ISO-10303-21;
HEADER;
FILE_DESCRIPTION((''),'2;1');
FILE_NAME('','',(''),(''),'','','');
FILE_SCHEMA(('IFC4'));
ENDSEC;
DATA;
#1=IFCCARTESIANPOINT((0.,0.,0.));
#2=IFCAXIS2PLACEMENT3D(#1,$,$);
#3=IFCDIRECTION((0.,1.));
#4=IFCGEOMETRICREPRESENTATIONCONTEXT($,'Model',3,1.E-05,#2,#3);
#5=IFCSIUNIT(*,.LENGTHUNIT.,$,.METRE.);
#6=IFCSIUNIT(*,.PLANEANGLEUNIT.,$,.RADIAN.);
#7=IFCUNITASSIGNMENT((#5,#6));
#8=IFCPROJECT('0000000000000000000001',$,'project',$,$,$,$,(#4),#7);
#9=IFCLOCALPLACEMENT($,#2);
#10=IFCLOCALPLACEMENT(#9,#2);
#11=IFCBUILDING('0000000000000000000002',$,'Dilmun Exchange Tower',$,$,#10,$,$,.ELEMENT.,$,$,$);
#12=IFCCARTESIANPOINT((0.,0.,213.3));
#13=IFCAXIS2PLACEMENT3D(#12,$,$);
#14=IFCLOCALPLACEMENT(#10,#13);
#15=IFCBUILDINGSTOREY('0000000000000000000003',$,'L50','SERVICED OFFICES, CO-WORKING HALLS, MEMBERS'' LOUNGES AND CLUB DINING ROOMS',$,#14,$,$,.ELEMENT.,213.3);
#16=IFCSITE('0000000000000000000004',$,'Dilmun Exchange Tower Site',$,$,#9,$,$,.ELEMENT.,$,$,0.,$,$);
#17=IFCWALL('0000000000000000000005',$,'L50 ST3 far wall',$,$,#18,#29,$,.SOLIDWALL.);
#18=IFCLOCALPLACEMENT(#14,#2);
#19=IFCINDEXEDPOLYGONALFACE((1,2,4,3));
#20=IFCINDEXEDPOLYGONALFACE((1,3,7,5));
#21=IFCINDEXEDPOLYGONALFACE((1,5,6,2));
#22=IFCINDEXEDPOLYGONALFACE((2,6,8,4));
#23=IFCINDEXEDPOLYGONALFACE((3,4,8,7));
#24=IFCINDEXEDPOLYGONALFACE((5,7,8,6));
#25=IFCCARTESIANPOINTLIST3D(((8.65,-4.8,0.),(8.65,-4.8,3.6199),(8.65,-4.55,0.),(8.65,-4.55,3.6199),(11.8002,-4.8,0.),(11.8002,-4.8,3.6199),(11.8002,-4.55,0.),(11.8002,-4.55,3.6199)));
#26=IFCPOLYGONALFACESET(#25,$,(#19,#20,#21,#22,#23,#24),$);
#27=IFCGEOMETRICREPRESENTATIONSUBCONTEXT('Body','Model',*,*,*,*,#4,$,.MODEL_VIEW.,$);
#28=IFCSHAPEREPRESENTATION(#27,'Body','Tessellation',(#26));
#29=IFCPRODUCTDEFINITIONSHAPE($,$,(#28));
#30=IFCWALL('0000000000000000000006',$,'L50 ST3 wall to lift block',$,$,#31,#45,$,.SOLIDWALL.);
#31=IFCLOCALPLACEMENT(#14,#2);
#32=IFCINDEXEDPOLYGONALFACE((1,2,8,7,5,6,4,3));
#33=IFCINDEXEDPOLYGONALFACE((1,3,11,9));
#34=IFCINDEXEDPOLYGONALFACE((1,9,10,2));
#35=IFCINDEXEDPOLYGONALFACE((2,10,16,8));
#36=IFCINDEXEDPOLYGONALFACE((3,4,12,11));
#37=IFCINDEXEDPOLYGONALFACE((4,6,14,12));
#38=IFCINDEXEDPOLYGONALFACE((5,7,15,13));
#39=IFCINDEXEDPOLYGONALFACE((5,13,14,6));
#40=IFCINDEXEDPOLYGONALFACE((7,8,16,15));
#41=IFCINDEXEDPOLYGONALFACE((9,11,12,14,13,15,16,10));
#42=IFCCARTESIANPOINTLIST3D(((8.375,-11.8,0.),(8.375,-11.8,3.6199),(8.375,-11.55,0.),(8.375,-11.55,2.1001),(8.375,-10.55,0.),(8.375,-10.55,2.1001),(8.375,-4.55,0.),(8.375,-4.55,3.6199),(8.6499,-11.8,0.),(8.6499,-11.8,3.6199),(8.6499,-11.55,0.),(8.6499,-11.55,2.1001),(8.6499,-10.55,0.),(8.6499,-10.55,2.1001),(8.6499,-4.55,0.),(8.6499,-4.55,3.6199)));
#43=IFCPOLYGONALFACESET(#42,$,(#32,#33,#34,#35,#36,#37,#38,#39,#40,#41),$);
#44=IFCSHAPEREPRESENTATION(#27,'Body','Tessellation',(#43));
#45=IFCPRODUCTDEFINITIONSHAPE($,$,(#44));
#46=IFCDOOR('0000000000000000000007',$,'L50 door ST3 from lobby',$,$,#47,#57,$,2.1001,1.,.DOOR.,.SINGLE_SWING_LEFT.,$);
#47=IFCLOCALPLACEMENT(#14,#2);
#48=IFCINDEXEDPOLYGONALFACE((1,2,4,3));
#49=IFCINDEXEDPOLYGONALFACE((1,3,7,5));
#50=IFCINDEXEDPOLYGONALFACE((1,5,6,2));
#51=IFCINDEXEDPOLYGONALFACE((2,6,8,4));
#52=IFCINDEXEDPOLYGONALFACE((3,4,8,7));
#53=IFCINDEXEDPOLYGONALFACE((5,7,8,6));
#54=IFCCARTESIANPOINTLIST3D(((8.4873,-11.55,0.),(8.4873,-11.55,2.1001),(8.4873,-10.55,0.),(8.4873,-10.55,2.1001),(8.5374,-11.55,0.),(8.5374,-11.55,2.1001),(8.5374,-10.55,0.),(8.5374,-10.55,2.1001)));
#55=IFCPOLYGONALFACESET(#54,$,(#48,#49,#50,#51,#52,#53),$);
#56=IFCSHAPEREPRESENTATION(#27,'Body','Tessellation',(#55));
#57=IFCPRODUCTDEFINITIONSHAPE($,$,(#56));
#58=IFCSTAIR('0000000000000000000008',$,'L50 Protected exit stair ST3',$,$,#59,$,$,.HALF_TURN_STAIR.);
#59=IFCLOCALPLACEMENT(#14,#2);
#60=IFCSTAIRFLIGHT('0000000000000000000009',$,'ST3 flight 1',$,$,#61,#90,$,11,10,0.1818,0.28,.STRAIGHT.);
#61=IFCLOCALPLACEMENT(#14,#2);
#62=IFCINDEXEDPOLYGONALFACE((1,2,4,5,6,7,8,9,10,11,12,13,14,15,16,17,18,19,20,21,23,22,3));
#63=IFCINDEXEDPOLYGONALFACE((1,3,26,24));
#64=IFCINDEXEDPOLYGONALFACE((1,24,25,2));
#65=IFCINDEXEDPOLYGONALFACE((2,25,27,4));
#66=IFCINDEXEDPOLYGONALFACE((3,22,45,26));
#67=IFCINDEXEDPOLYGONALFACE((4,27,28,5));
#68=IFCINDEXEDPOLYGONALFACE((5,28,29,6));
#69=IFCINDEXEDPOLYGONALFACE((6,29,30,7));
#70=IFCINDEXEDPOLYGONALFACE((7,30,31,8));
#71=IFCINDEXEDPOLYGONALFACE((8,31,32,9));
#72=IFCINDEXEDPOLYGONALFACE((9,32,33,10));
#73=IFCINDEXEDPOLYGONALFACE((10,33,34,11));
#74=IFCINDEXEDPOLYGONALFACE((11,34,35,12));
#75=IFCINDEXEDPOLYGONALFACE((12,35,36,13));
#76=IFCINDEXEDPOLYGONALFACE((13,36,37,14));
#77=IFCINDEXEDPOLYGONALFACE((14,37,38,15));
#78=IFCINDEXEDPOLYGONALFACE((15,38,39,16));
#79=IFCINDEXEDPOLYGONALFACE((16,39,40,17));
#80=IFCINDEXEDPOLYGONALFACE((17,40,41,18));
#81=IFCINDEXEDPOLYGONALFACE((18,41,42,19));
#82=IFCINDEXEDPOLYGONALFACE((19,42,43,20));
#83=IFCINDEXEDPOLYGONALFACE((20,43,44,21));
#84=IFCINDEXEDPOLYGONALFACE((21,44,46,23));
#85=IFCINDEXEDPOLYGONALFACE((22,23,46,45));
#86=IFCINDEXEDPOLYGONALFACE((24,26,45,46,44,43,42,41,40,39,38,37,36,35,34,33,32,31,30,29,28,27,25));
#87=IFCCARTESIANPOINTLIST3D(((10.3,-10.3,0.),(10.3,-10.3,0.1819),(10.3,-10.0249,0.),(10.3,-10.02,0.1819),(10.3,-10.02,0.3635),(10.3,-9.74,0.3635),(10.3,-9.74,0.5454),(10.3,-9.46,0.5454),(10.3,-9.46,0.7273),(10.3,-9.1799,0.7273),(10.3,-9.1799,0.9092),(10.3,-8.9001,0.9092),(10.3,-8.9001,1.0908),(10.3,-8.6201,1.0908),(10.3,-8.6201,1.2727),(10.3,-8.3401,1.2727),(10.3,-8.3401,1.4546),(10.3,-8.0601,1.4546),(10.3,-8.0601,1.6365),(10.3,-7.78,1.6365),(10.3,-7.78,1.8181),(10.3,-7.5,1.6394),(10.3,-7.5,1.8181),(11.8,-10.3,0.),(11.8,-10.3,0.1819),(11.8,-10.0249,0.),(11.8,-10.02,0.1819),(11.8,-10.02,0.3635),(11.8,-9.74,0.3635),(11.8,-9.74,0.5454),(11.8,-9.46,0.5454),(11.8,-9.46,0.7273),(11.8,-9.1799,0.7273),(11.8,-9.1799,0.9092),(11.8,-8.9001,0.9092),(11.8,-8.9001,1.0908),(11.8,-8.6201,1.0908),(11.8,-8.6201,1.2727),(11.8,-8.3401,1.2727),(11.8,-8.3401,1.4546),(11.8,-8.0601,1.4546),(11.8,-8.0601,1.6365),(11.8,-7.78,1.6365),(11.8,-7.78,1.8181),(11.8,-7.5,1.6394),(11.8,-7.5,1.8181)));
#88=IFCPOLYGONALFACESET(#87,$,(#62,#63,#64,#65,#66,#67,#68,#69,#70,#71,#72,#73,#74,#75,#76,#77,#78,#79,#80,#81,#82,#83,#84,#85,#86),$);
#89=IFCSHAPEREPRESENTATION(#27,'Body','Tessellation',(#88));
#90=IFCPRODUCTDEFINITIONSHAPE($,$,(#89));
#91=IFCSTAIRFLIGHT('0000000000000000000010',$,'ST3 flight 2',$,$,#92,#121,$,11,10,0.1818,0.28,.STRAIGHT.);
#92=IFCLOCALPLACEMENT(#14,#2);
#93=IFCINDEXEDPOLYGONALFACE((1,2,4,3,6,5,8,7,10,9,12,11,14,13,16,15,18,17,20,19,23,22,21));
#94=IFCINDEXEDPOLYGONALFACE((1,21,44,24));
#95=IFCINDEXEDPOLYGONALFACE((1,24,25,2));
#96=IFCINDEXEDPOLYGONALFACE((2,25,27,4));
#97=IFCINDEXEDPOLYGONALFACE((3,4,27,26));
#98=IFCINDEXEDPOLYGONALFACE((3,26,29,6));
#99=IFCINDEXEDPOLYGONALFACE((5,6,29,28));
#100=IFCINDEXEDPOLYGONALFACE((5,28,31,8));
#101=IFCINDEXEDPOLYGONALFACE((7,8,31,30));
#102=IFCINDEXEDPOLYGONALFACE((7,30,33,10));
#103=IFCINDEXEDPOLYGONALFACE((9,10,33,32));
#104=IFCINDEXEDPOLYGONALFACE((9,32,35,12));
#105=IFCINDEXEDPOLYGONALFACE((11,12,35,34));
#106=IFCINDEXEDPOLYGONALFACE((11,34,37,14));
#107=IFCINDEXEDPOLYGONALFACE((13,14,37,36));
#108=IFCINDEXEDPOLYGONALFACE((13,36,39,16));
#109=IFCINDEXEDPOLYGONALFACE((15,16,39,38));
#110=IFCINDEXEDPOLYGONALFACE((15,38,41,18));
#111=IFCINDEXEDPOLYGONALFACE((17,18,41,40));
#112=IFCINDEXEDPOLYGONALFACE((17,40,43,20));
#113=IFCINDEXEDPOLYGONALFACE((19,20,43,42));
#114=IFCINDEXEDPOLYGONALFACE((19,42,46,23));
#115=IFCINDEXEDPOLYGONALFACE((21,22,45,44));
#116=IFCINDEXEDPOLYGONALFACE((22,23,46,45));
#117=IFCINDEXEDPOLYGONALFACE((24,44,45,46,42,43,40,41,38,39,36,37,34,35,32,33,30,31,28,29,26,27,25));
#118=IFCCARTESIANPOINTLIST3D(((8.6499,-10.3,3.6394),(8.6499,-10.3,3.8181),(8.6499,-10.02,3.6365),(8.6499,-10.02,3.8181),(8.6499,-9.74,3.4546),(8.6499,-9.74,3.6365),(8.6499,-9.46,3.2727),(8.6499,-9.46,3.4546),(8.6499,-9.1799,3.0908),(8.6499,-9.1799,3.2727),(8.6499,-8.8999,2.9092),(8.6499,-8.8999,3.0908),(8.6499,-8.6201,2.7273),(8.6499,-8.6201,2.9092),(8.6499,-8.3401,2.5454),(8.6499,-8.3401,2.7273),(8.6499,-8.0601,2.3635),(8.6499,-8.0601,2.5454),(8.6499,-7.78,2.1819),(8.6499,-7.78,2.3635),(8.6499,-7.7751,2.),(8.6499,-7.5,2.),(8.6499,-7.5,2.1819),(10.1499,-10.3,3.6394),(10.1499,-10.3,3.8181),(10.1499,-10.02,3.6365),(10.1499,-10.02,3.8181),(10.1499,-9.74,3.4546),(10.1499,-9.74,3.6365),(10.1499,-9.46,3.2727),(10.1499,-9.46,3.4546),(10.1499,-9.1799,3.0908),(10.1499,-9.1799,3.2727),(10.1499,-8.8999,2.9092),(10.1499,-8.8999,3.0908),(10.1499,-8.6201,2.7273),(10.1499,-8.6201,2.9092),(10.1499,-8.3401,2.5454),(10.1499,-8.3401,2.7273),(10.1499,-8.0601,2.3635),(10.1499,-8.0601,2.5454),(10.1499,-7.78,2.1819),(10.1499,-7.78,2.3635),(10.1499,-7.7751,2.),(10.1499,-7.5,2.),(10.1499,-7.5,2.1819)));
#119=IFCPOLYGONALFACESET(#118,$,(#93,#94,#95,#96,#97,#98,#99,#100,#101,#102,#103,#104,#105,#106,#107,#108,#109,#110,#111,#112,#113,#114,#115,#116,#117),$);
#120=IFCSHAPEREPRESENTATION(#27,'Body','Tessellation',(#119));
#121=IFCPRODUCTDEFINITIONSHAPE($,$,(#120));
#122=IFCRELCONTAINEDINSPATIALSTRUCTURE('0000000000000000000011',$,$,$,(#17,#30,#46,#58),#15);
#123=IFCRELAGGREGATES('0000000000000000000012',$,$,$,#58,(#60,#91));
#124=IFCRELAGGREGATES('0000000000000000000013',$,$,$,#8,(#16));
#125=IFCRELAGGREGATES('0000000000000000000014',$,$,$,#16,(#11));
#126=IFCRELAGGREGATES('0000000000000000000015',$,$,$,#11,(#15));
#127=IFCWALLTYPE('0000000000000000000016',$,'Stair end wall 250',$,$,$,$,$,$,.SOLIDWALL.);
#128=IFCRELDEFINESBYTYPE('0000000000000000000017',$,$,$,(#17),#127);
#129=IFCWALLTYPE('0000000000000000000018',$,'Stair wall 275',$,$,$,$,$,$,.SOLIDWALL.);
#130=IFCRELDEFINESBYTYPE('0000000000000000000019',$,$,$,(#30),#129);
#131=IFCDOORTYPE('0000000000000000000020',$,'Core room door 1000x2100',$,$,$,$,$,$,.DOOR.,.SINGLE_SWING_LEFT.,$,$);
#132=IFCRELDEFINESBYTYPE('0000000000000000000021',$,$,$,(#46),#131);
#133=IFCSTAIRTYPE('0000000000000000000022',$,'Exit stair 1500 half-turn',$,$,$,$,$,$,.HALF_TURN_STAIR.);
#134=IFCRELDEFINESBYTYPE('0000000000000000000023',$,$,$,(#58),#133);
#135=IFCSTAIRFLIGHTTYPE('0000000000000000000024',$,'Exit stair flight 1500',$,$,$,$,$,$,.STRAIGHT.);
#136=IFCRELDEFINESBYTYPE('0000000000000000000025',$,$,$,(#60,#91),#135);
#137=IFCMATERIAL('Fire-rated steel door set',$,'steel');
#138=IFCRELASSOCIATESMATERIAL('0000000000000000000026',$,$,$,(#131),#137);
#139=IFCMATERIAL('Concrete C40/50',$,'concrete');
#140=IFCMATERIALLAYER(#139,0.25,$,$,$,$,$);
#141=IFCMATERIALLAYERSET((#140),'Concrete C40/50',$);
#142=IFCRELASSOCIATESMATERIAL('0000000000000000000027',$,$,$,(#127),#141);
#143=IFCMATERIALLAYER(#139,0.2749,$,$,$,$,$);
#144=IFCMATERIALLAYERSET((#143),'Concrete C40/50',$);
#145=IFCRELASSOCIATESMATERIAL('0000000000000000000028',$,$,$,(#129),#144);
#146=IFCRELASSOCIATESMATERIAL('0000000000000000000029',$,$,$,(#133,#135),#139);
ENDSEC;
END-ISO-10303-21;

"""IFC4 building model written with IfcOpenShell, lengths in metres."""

from ifc_helpers import new_model, si_unit, direction, frame, frame_2d, origin, place, context, subcontext, project, spatial, polyline, rectangle, outline, extrude, material, layer, layer_set, type_object, element, fill, aggregate, save


model = new_model("IFC4")

# Units and contexts
model_context = context("Model", 3, precision=1e-05, world=origin(), true_north=direction((0.0, 1.0)))
body_context = subcontext(model_context, "Body", "Model", "MODEL_VIEW")
ifc_project = project(units=[si_unit("LENGTHUNIT", "METRE"), si_unit("PLANEANGLEUNIT", "RADIAN")], contexts=[model_context])

# Site, building, storey
site_placement = place(None, origin())
site = spatial("IfcSite", under=ifc_project, at=site_placement, Name="Dilmun Exchange Tower Site", CompositionType="ELEMENT", RefElevation=0.0)
building_placement = place(site_placement, origin())
building = spatial("IfcBuilding", under=site, at=building_placement, Name="Dilmun Exchange Tower", CompositionType="ELEMENT")
storey_placement = place(building_placement, frame((0.0, 0.0, 213.3)))
storey = spatial("IfcBuildingStorey", under=building, at=storey_placement, Name="L50", Description="SERVICED OFFICES, CO-WORKING HALLS, MEMBERS' LOUNGES AND CLUB DINING ROOMS", CompositionType="ELEMENT", Elevation=213.3)

# Shared definitions
ifc_material_1 = material(Name="Concrete C40/50", Category="concrete")

# Shared definitions
ifc_material_2 = material(Name="Fire-rated steel door set", Category="steel")
door_type_1 = type_object("IfcDoorType", Name="Core room door 1000x2100", OperationType="SINGLE_SWING_LEFT", PredefinedType="DOOR", material=ifc_material_2)

# Wall
ifc_layer_1 = layer(ifc_material_1, 0.25)
ifc_layer_set_1 = layer_set([ifc_layer_1], Name="Concrete C40/50")
wall_type_1 = type_object("IfcWallType", Name="Stair end wall 250", PredefinedType="SOLIDWALL", material=ifc_layer_set_1)
wall_1_placement = place(storey_placement, frame((8.6499, -4.675, 0.0), z_axis=(0.0, 0.0, 1.0), x_axis=(1.0, 0.0, 0.0)))
element("IfcWall", 1, at=wall_1_placement, inside=storey, type_object=wall_type_1, Name="L50 ST3 far wall", PredefinedType="SOLIDWALL", context=body_context, shape_type="SweptSolid", body=[
    extrude(rectangle(XDim=3.1501, YDim=0.25, at=frame_2d((1.5752, 0.0))), origin(), (0.0, 0.0, 1.0), 3.6199),
])

# Wall, opening, door
ifc_layer_2 = layer(ifc_material_1, 0.2749)
ifc_layer_set_2 = layer_set([ifc_layer_2], Name="Concrete C40/50")
wall_type_2 = type_object("IfcWallType", Name="Stair wall 275", PredefinedType="SOLIDWALL", material=ifc_layer_set_2)
wall_2_placement = place(storey_placement, frame((8.5125, -4.55, 0.0), z_axis=(0.0, 0.0, 1.0), x_axis=(0.0, -1.0, 0.0)))
wall_2 = element("IfcWall", 2, at=wall_2_placement, inside=storey, type_object=wall_type_2, Name="L50 ST3 wall to lift block", PredefinedType="SOLIDWALL", context=body_context, shape_type="SweptSolid", body=[
    extrude(rectangle(XDim=7.25, YDim=0.2749, at=frame_2d((3.625, 0.0))), origin(), (0.0, 0.0, 1.0), 3.6199),
])
opening_1_placement = place(wall_2_placement, frame((6.0, 0.0, 0.0)))
opening_1 = element("IfcOpeningElement", 3, at=opening_1_placement, cuts=wall_2, PredefinedType="OPENING", context=body_context, shape_type="SweptSolid", body=[
    extrude(rectangle(XDim=1.0, YDim=2.1001, at=frame_2d((0.5, 1.05))), frame((0.0, 0.1475, 0.0), z_axis=(0.0, -1.0, 0.0), x_axis=(1.0, 0.0, 0.0)), (0.0, 0.0, 1.0), 0.2949),
])
door_1_placement = place(opening_1_placement, origin())
door_1 = element("IfcDoor", 4, at=door_1_placement, inside=storey, type_object=door_type_1, Name="L50 door ST3 from lobby", OperationType="SINGLE_SWING_LEFT", OverallHeight=2.1001, OverallWidth=1.0, PredefinedType="DOOR", context=body_context, shape_type="SweptSolid", body=[
    extrude(rectangle(XDim=1.0, YDim=2.1001, at=frame_2d((0.5, 1.05))), frame((0.0, 0.0249, 0.0), z_axis=(0.0, -1.0, 0.0), x_axis=(1.0, 0.0, 0.0)), (0.0, 0.0, 1.0), 0.05),
])
fill(opening_1, door_1)

# Stair, stair flights
stair_type = type_object("IfcStairType", Name="Exit stair 1500 half-turn", PredefinedType="HALF_TURN_STAIR", material=ifc_material_1)
stair_placement = place(storey_placement, origin())
stair = element("IfcStair", 5, at=stair_placement, inside=storey, type_object=stair_type, Name="L50 Protected exit stair ST3", PredefinedType="HALF_TURN_STAIR")
stair_flight_type = type_object("IfcStairFlightType", Name="Exit stair flight 1500", PredefinedType="STRAIGHT", material=ifc_material_1)
stair_flight_1_placement = place(storey_placement, frame((11.05, -10.3, 0.0), z_axis=(0.0, 0.0, 1.0), x_axis=(0.0, 1.0, 0.0)))
stair_flight_1 = element("IfcStairFlight", 6, at=stair_flight_1_placement, type_object=stair_flight_type, Name="ST3 flight 1", NumberOfRisers=11, NumberOfTreads=10, PredefinedType="STRAIGHT", RiserHeight=0.1818, TreadLength=0.28, context=body_context, shape_type="SweptSolid", body=[
    extrude(outline(polyline([(0.0, 0.0), (0.0, 0.1819), (0.28, 0.1819), (0.28, 0.3635), (0.5601, 0.3635), (0.5601, 0.5454), (0.8401, 0.5454), (0.8401, 0.7273), (1.1201, 0.7273), (1.1201, 0.9092), (1.3999, 0.9092), (1.3999, 1.0908), (1.6799, 1.0908), (1.6799, 1.2727), (1.96, 1.2727), (1.96, 1.4546), (2.24, 1.4546), (2.24, 1.6365), (2.52, 1.6365), (2.52, 1.8181), (2.8, 1.8181), (2.8, 2.0), (2.8, 1.6394), (0.2751, 0.0), (0.0, 0.0)])), frame((0.0, 0.75, 0.0), z_axis=(0.0, -1.0, 0.0), x_axis=(1.0, 0.0, 0.0)), (0.0, 0.0, 1.0), 1.5),
])
stair_flight_2_placement = place(storey_placement, frame((9.3999, -7.5, 2.0), z_axis=(0.0, 0.0, 1.0), x_axis=(0.0, -1.0, 0.0)))
stair_flight_2 = element("IfcStairFlight", 7, at=stair_flight_2_placement, type_object=stair_flight_type, Name="ST3 flight 2", NumberOfRisers=11, NumberOfTreads=10, PredefinedType="STRAIGHT", RiserHeight=0.1818, TreadLength=0.28, context=body_context, shape_type="SweptSolid", body=[
    extrude(outline(polyline([(0.0, 0.0), (0.0, 0.1819), (0.28, 0.1819), (0.28, 0.3635), (0.5601, 0.3635), (0.5601, 0.5454), (0.8401, 0.5454), (0.8401, 0.7273), (1.1201, 0.7273), (1.1201, 0.9092), (1.3999, 0.9092), (1.3999, 1.0908), (1.6799, 1.0908), (1.6799, 1.2727), (1.96, 1.2727), (1.96, 1.4546), (2.24, 1.4546), (2.24, 1.6365), (2.52, 1.6365), (2.52, 1.8181), (2.8, 1.8181), (2.8, 2.0), (2.8, 1.6394), (0.2751, 0.0), (0.0, 0.0)])), frame((0.0, 0.75, 0.0), z_axis=(0.0, -1.0, 0.0), x_axis=(1.0, 0.0, 0.0)), (0.0, 0.0, 1.0), 1.5),
])
aggregate(stair, [stair_flight_1, stair_flight_2])

save(model, "model.ifc")
